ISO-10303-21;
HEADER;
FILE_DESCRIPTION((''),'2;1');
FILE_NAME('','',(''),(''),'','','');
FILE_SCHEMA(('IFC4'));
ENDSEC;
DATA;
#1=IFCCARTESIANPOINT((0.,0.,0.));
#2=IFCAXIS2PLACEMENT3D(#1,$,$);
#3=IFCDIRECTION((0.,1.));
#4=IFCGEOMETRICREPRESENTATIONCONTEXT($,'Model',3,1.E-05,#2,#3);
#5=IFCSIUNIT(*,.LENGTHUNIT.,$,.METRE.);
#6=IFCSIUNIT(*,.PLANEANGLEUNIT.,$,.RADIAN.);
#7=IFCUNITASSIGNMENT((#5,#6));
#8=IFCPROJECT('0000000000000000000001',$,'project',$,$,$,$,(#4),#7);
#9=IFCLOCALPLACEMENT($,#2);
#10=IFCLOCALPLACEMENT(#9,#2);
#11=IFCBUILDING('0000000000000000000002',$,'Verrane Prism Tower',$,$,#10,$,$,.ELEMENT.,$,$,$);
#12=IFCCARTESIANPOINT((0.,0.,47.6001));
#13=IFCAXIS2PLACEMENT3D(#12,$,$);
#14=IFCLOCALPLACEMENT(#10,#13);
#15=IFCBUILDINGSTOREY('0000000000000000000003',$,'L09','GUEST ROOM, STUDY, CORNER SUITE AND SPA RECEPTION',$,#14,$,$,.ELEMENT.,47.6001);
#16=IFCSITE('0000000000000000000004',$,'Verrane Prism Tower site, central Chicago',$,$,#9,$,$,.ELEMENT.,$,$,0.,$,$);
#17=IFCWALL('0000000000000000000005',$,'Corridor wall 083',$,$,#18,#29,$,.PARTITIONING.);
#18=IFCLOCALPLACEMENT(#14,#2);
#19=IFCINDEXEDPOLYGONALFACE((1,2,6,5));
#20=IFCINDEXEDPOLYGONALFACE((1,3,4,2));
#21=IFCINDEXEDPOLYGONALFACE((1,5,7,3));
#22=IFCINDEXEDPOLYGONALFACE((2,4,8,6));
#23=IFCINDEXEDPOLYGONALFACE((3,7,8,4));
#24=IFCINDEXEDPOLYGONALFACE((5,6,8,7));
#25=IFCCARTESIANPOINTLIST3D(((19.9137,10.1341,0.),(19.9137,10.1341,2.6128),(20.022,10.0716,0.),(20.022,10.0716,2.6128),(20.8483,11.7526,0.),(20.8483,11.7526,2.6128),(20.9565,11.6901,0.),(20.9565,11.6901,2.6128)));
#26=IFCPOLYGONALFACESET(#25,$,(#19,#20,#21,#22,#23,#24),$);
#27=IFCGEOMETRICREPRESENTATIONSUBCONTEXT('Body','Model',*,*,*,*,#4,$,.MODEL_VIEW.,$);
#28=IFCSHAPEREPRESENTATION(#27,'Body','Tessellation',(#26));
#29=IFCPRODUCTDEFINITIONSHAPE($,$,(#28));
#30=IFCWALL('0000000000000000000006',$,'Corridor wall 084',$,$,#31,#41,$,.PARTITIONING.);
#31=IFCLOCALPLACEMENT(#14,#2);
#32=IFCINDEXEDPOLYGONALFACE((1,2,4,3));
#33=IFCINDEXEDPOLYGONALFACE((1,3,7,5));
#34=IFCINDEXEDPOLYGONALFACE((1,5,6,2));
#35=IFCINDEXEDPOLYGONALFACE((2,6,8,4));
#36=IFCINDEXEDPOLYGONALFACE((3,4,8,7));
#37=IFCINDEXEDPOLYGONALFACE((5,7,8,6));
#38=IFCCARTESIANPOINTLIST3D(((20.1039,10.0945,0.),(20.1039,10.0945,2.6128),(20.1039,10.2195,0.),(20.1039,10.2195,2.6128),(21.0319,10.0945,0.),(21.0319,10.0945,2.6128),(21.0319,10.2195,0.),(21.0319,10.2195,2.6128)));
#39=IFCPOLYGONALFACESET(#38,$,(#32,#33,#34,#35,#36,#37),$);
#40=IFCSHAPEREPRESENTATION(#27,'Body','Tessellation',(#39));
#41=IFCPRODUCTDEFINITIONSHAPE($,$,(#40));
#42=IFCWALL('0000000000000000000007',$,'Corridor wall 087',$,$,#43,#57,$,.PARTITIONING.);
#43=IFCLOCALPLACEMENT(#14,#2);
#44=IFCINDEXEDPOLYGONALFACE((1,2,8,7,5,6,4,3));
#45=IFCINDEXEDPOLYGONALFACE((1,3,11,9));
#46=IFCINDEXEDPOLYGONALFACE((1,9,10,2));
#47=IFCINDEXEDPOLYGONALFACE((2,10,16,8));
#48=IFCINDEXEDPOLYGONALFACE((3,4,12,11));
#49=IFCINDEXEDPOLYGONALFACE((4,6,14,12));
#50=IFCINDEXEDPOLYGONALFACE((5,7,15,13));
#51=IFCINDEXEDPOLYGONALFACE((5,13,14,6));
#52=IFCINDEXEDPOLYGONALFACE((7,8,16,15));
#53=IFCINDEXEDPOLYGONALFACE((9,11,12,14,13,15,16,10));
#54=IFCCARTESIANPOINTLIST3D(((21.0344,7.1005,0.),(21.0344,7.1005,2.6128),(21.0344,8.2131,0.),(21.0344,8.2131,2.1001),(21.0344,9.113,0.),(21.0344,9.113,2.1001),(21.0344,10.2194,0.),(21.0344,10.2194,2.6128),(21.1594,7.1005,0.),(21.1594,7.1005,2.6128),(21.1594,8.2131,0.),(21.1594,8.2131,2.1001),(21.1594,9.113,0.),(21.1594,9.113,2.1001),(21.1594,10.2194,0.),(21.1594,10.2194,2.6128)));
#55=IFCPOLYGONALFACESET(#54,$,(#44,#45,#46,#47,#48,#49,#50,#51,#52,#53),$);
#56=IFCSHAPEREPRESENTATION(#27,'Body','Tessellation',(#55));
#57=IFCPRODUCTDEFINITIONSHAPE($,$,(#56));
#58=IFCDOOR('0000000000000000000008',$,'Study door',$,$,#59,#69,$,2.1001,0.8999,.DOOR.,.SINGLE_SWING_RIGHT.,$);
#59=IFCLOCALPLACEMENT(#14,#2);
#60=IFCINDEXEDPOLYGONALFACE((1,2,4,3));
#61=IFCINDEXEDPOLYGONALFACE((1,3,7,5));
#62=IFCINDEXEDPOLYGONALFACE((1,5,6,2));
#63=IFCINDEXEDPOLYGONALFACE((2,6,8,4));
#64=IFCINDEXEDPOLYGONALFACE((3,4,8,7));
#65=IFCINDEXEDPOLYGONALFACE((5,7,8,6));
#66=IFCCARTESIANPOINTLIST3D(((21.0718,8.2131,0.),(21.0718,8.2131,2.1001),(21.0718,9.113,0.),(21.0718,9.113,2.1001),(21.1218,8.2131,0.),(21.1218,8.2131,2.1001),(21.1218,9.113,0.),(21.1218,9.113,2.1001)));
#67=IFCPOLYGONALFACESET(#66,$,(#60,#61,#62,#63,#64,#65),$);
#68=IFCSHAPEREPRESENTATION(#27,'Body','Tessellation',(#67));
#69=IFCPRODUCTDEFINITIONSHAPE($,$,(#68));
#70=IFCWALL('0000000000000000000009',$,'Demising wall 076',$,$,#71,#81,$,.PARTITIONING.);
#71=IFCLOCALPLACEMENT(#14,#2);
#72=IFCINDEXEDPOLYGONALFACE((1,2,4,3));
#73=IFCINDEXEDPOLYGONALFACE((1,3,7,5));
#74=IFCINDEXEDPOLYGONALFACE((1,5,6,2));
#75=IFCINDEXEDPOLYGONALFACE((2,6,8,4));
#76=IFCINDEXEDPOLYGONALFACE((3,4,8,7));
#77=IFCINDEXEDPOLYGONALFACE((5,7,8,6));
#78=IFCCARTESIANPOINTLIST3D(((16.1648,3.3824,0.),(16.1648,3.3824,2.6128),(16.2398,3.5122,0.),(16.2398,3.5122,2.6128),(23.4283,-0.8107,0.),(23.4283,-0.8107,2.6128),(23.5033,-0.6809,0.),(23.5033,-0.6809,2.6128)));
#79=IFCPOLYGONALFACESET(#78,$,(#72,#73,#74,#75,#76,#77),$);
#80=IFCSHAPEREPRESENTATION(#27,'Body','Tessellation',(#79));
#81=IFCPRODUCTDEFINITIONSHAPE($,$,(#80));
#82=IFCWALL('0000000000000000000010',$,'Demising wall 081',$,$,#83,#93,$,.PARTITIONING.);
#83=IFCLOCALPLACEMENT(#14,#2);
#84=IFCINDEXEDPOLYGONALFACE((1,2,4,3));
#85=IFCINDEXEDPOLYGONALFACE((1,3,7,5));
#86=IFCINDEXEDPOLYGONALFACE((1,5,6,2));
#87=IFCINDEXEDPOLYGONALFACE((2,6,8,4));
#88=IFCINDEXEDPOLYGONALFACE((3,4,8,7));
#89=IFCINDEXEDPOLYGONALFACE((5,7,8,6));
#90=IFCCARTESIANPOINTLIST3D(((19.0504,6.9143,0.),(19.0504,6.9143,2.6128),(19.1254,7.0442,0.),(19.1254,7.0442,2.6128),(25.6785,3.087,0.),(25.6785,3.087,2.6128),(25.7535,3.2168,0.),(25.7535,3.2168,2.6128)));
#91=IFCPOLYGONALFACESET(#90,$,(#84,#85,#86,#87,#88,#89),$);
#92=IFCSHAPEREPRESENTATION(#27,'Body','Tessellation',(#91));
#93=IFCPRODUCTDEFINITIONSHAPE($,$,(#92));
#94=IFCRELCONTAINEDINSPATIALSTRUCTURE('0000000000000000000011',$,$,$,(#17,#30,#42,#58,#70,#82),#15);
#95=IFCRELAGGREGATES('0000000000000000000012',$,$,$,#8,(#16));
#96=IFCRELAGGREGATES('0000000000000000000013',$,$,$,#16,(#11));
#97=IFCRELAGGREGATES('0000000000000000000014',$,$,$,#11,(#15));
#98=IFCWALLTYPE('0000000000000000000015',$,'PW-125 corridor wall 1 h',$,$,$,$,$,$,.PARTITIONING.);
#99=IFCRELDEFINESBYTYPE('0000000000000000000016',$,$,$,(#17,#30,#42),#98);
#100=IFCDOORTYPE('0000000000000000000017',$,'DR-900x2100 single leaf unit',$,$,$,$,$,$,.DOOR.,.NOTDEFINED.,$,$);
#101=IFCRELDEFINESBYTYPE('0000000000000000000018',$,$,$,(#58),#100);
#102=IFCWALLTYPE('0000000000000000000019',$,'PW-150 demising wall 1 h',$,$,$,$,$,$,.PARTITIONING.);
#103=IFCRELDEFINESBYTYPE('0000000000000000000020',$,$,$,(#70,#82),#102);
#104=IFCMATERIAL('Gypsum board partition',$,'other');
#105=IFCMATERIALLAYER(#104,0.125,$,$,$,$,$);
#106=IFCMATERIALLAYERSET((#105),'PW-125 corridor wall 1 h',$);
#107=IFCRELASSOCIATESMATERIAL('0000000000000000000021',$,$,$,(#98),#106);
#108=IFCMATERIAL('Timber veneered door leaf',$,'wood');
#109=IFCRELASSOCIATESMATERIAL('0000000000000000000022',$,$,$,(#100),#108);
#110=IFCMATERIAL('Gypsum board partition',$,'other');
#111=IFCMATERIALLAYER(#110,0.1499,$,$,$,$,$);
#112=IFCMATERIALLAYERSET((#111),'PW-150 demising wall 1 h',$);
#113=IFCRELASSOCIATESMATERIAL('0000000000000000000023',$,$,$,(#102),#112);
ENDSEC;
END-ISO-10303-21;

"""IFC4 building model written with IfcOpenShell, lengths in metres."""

from ifc_helpers import new_model, si_unit, direction, frame, frame_2d, origin, place, context, subcontext, project, spatial, rectangle, extrude, material, layer, layer_set, type_object, element, fill, save


model = new_model("IFC4")

# Units and contexts
model_context = context("Model", 3, precision=1e-05, world=origin(), true_north=direction((0.0, 1.0)))
body_context = subcontext(model_context, "Body", "Model", "MODEL_VIEW")
ifc_project = project(units=[si_unit("LENGTHUNIT", "METRE"), si_unit("PLANEANGLEUNIT", "RADIAN")], contexts=[model_context])

# Site, building, storey
site_placement = place(None, origin())
site = spatial("IfcSite", under=ifc_project, at=site_placement, Name="Verrane Prism Tower site, central Chicago", CompositionType="ELEMENT", RefElevation=0.0)
building_placement = place(site_placement, origin())
building = spatial("IfcBuilding", under=site, at=building_placement, Name="Verrane Prism Tower", CompositionType="ELEMENT")
storey_placement = place(building_placement, frame((0.0, 0.0, 47.6001)))
storey = spatial("IfcBuildingStorey", under=building, at=storey_placement, Name="L09", Description="GUEST ROOM, STUDY, CORNER SUITE AND SPA RECEPTION", CompositionType="ELEMENT", Elevation=47.6001)

# Shared definitions
ifc_material_1 = material(Name="Gypsum board partition", Category="other")
ifc_layer_1 = layer(ifc_material_1, 0.125)
ifc_layer_set_1 = layer_set([ifc_layer_1], Name="PW-125 corridor wall 1 h")
wall_type_1 = type_object("IfcWallType", Name="PW-125 corridor wall 1 h", PredefinedType="PARTITIONING", material=ifc_layer_set_1)
ifc_material_2 = material(Name="Timber veneered door leaf", Category="wood")
door_type_1 = type_object("IfcDoorType", Name="DR-900x2100 single leaf unit", OperationType="NOTDEFINED", PredefinedType="DOOR", material=ifc_material_2)

# Walls
wall_1_placement = place(storey_placement, frame((19.9678, 10.1028, 0.0), z_axis=(0.0, 0.0, 1.0), x_axis=(0.500073, 0.865983, 0.0)))
element("IfcWall", 1, at=wall_1_placement, inside=storey, type_object=wall_type_1, Name="Corridor wall 083", PredefinedType="PARTITIONING", context=body_context, shape_type="SweptSolid", body=[
    extrude(rectangle(XDim=1.8689, YDim=0.125, at=frame_2d((0.9346, 0.0))), origin(), (0.0, 0.0, 1.0), 2.6128),
])
wall_2_placement = place(storey_placement, frame((20.104, 10.157, 0.0), z_axis=(0.0, 0.0, 1.0), x_axis=(1.0, 0.0, 0.0)))
element("IfcWall", 2, at=wall_2_placement, inside=storey, type_object=wall_type_1, Name="Corridor wall 084", PredefinedType="PARTITIONING", context=body_context, shape_type="SweptSolid", body=[
    extrude(rectangle(XDim=0.928, YDim=0.125, at=frame_2d((0.4639, 0.0))), origin(), (0.0, 0.0, 1.0), 2.6128),
])

# Wall, opening, door
wall_3_placement = place(storey_placement, frame((21.0969, 10.2195, 0.0), z_axis=(0.0, 0.0, 1.0), x_axis=(0.0, -1.0, 0.0)))
wall_3 = element("IfcWall", 3, at=wall_3_placement, inside=storey, type_object=wall_type_1, Name="Corridor wall 087", PredefinedType="PARTITIONING", context=body_context, shape_type="SweptSolid", body=[
    extrude(rectangle(XDim=3.1189, YDim=0.125, at=frame_2d((1.5596, 0.0))), origin(), (0.0, 0.0, 1.0), 2.6128),
])
opening_1_placement = place(wall_3_placement, frame((1.1064, 0.0, 0.0)))
opening_1 = element("IfcOpeningElement", 4, at=opening_1_placement, cuts=wall_3, PredefinedType="OPENING", context=body_context, shape_type="SweptSolid", body=[
    extrude(rectangle(XDim=0.8999, YDim=2.1001, at=frame_2d((0.45, 1.05))), frame((0.0, 0.0725, 0.0), z_axis=(0.0, -1.0, 0.0), x_axis=(1.0, 0.0, 0.0)), (0.0, 0.0, 1.0), 0.145),
])
door_1_placement = place(opening_1_placement, origin())
door_1 = element("IfcDoor", 5, at=door_1_placement, inside=storey, type_object=door_type_1, Name="Study door", OperationType="SINGLE_SWING_RIGHT", OverallHeight=2.1001, OverallWidth=0.8999, PredefinedType="DOOR", context=body_context, shape_type="SweptSolid", body=[
    extrude(rectangle(XDim=0.8999, YDim=2.1001, at=frame_2d((0.45, 1.05))), frame((0.0, 0.0249, 0.0), z_axis=(0.0, -1.0, 0.0), x_axis=(1.0, 0.0, 0.0)), (0.0, 0.0, 1.0), 0.05),
])
fill(opening_1, door_1)

# Walls
ifc_material_3 = material(Name="Gypsum board partition", Category="other")
ifc_layer_2 = layer(ifc_material_3, 0.1499)
ifc_layer_set_2 = layer_set([ifc_layer_2], Name="PW-150 demising wall 1 h")
wall_type_2 = type_object("IfcWallType", Name="PW-150 demising wall 1 h", PredefinedType="PARTITIONING", material=ifc_layer_set_2)
wall_4_placement = place(storey_placement, frame((16.2024, 3.4473, 0.0), z_axis=(0.0, 0.0, 1.0), x_axis=(0.866047, -0.499962, 0.0)))
element("IfcWall", 6, at=wall_4_placement, inside=storey, type_object=wall_type_2, Name="Demising wall 076", PredefinedType="PARTITIONING", context=body_context, shape_type="SweptSolid", body=[
    extrude(rectangle(XDim=8.387, YDim=0.1499, at=frame_2d((4.1934, 0.0))), origin(), (0.0, 0.0, 1.0), 2.6128),
])
wall_5_placement = place(storey_placement, frame((19.0879, 6.9792, 0.0), z_axis=(0.0, 0.0, 1.0), x_axis=(0.865991, -0.50006, 0.0)))
element("IfcWall", 7, at=wall_5_placement, inside=storey, type_object=wall_type_2, Name="Demising wall 081", PredefinedType="PARTITIONING", context=body_context, shape_type="SweptSolid", body=[
    extrude(rectangle(XDim=7.6538, YDim=0.1499, at=frame_2d((3.8269, 0.0))), origin(), (0.0, 0.0, 1.0), 2.6128),
])

save(model, "model.ifc")
